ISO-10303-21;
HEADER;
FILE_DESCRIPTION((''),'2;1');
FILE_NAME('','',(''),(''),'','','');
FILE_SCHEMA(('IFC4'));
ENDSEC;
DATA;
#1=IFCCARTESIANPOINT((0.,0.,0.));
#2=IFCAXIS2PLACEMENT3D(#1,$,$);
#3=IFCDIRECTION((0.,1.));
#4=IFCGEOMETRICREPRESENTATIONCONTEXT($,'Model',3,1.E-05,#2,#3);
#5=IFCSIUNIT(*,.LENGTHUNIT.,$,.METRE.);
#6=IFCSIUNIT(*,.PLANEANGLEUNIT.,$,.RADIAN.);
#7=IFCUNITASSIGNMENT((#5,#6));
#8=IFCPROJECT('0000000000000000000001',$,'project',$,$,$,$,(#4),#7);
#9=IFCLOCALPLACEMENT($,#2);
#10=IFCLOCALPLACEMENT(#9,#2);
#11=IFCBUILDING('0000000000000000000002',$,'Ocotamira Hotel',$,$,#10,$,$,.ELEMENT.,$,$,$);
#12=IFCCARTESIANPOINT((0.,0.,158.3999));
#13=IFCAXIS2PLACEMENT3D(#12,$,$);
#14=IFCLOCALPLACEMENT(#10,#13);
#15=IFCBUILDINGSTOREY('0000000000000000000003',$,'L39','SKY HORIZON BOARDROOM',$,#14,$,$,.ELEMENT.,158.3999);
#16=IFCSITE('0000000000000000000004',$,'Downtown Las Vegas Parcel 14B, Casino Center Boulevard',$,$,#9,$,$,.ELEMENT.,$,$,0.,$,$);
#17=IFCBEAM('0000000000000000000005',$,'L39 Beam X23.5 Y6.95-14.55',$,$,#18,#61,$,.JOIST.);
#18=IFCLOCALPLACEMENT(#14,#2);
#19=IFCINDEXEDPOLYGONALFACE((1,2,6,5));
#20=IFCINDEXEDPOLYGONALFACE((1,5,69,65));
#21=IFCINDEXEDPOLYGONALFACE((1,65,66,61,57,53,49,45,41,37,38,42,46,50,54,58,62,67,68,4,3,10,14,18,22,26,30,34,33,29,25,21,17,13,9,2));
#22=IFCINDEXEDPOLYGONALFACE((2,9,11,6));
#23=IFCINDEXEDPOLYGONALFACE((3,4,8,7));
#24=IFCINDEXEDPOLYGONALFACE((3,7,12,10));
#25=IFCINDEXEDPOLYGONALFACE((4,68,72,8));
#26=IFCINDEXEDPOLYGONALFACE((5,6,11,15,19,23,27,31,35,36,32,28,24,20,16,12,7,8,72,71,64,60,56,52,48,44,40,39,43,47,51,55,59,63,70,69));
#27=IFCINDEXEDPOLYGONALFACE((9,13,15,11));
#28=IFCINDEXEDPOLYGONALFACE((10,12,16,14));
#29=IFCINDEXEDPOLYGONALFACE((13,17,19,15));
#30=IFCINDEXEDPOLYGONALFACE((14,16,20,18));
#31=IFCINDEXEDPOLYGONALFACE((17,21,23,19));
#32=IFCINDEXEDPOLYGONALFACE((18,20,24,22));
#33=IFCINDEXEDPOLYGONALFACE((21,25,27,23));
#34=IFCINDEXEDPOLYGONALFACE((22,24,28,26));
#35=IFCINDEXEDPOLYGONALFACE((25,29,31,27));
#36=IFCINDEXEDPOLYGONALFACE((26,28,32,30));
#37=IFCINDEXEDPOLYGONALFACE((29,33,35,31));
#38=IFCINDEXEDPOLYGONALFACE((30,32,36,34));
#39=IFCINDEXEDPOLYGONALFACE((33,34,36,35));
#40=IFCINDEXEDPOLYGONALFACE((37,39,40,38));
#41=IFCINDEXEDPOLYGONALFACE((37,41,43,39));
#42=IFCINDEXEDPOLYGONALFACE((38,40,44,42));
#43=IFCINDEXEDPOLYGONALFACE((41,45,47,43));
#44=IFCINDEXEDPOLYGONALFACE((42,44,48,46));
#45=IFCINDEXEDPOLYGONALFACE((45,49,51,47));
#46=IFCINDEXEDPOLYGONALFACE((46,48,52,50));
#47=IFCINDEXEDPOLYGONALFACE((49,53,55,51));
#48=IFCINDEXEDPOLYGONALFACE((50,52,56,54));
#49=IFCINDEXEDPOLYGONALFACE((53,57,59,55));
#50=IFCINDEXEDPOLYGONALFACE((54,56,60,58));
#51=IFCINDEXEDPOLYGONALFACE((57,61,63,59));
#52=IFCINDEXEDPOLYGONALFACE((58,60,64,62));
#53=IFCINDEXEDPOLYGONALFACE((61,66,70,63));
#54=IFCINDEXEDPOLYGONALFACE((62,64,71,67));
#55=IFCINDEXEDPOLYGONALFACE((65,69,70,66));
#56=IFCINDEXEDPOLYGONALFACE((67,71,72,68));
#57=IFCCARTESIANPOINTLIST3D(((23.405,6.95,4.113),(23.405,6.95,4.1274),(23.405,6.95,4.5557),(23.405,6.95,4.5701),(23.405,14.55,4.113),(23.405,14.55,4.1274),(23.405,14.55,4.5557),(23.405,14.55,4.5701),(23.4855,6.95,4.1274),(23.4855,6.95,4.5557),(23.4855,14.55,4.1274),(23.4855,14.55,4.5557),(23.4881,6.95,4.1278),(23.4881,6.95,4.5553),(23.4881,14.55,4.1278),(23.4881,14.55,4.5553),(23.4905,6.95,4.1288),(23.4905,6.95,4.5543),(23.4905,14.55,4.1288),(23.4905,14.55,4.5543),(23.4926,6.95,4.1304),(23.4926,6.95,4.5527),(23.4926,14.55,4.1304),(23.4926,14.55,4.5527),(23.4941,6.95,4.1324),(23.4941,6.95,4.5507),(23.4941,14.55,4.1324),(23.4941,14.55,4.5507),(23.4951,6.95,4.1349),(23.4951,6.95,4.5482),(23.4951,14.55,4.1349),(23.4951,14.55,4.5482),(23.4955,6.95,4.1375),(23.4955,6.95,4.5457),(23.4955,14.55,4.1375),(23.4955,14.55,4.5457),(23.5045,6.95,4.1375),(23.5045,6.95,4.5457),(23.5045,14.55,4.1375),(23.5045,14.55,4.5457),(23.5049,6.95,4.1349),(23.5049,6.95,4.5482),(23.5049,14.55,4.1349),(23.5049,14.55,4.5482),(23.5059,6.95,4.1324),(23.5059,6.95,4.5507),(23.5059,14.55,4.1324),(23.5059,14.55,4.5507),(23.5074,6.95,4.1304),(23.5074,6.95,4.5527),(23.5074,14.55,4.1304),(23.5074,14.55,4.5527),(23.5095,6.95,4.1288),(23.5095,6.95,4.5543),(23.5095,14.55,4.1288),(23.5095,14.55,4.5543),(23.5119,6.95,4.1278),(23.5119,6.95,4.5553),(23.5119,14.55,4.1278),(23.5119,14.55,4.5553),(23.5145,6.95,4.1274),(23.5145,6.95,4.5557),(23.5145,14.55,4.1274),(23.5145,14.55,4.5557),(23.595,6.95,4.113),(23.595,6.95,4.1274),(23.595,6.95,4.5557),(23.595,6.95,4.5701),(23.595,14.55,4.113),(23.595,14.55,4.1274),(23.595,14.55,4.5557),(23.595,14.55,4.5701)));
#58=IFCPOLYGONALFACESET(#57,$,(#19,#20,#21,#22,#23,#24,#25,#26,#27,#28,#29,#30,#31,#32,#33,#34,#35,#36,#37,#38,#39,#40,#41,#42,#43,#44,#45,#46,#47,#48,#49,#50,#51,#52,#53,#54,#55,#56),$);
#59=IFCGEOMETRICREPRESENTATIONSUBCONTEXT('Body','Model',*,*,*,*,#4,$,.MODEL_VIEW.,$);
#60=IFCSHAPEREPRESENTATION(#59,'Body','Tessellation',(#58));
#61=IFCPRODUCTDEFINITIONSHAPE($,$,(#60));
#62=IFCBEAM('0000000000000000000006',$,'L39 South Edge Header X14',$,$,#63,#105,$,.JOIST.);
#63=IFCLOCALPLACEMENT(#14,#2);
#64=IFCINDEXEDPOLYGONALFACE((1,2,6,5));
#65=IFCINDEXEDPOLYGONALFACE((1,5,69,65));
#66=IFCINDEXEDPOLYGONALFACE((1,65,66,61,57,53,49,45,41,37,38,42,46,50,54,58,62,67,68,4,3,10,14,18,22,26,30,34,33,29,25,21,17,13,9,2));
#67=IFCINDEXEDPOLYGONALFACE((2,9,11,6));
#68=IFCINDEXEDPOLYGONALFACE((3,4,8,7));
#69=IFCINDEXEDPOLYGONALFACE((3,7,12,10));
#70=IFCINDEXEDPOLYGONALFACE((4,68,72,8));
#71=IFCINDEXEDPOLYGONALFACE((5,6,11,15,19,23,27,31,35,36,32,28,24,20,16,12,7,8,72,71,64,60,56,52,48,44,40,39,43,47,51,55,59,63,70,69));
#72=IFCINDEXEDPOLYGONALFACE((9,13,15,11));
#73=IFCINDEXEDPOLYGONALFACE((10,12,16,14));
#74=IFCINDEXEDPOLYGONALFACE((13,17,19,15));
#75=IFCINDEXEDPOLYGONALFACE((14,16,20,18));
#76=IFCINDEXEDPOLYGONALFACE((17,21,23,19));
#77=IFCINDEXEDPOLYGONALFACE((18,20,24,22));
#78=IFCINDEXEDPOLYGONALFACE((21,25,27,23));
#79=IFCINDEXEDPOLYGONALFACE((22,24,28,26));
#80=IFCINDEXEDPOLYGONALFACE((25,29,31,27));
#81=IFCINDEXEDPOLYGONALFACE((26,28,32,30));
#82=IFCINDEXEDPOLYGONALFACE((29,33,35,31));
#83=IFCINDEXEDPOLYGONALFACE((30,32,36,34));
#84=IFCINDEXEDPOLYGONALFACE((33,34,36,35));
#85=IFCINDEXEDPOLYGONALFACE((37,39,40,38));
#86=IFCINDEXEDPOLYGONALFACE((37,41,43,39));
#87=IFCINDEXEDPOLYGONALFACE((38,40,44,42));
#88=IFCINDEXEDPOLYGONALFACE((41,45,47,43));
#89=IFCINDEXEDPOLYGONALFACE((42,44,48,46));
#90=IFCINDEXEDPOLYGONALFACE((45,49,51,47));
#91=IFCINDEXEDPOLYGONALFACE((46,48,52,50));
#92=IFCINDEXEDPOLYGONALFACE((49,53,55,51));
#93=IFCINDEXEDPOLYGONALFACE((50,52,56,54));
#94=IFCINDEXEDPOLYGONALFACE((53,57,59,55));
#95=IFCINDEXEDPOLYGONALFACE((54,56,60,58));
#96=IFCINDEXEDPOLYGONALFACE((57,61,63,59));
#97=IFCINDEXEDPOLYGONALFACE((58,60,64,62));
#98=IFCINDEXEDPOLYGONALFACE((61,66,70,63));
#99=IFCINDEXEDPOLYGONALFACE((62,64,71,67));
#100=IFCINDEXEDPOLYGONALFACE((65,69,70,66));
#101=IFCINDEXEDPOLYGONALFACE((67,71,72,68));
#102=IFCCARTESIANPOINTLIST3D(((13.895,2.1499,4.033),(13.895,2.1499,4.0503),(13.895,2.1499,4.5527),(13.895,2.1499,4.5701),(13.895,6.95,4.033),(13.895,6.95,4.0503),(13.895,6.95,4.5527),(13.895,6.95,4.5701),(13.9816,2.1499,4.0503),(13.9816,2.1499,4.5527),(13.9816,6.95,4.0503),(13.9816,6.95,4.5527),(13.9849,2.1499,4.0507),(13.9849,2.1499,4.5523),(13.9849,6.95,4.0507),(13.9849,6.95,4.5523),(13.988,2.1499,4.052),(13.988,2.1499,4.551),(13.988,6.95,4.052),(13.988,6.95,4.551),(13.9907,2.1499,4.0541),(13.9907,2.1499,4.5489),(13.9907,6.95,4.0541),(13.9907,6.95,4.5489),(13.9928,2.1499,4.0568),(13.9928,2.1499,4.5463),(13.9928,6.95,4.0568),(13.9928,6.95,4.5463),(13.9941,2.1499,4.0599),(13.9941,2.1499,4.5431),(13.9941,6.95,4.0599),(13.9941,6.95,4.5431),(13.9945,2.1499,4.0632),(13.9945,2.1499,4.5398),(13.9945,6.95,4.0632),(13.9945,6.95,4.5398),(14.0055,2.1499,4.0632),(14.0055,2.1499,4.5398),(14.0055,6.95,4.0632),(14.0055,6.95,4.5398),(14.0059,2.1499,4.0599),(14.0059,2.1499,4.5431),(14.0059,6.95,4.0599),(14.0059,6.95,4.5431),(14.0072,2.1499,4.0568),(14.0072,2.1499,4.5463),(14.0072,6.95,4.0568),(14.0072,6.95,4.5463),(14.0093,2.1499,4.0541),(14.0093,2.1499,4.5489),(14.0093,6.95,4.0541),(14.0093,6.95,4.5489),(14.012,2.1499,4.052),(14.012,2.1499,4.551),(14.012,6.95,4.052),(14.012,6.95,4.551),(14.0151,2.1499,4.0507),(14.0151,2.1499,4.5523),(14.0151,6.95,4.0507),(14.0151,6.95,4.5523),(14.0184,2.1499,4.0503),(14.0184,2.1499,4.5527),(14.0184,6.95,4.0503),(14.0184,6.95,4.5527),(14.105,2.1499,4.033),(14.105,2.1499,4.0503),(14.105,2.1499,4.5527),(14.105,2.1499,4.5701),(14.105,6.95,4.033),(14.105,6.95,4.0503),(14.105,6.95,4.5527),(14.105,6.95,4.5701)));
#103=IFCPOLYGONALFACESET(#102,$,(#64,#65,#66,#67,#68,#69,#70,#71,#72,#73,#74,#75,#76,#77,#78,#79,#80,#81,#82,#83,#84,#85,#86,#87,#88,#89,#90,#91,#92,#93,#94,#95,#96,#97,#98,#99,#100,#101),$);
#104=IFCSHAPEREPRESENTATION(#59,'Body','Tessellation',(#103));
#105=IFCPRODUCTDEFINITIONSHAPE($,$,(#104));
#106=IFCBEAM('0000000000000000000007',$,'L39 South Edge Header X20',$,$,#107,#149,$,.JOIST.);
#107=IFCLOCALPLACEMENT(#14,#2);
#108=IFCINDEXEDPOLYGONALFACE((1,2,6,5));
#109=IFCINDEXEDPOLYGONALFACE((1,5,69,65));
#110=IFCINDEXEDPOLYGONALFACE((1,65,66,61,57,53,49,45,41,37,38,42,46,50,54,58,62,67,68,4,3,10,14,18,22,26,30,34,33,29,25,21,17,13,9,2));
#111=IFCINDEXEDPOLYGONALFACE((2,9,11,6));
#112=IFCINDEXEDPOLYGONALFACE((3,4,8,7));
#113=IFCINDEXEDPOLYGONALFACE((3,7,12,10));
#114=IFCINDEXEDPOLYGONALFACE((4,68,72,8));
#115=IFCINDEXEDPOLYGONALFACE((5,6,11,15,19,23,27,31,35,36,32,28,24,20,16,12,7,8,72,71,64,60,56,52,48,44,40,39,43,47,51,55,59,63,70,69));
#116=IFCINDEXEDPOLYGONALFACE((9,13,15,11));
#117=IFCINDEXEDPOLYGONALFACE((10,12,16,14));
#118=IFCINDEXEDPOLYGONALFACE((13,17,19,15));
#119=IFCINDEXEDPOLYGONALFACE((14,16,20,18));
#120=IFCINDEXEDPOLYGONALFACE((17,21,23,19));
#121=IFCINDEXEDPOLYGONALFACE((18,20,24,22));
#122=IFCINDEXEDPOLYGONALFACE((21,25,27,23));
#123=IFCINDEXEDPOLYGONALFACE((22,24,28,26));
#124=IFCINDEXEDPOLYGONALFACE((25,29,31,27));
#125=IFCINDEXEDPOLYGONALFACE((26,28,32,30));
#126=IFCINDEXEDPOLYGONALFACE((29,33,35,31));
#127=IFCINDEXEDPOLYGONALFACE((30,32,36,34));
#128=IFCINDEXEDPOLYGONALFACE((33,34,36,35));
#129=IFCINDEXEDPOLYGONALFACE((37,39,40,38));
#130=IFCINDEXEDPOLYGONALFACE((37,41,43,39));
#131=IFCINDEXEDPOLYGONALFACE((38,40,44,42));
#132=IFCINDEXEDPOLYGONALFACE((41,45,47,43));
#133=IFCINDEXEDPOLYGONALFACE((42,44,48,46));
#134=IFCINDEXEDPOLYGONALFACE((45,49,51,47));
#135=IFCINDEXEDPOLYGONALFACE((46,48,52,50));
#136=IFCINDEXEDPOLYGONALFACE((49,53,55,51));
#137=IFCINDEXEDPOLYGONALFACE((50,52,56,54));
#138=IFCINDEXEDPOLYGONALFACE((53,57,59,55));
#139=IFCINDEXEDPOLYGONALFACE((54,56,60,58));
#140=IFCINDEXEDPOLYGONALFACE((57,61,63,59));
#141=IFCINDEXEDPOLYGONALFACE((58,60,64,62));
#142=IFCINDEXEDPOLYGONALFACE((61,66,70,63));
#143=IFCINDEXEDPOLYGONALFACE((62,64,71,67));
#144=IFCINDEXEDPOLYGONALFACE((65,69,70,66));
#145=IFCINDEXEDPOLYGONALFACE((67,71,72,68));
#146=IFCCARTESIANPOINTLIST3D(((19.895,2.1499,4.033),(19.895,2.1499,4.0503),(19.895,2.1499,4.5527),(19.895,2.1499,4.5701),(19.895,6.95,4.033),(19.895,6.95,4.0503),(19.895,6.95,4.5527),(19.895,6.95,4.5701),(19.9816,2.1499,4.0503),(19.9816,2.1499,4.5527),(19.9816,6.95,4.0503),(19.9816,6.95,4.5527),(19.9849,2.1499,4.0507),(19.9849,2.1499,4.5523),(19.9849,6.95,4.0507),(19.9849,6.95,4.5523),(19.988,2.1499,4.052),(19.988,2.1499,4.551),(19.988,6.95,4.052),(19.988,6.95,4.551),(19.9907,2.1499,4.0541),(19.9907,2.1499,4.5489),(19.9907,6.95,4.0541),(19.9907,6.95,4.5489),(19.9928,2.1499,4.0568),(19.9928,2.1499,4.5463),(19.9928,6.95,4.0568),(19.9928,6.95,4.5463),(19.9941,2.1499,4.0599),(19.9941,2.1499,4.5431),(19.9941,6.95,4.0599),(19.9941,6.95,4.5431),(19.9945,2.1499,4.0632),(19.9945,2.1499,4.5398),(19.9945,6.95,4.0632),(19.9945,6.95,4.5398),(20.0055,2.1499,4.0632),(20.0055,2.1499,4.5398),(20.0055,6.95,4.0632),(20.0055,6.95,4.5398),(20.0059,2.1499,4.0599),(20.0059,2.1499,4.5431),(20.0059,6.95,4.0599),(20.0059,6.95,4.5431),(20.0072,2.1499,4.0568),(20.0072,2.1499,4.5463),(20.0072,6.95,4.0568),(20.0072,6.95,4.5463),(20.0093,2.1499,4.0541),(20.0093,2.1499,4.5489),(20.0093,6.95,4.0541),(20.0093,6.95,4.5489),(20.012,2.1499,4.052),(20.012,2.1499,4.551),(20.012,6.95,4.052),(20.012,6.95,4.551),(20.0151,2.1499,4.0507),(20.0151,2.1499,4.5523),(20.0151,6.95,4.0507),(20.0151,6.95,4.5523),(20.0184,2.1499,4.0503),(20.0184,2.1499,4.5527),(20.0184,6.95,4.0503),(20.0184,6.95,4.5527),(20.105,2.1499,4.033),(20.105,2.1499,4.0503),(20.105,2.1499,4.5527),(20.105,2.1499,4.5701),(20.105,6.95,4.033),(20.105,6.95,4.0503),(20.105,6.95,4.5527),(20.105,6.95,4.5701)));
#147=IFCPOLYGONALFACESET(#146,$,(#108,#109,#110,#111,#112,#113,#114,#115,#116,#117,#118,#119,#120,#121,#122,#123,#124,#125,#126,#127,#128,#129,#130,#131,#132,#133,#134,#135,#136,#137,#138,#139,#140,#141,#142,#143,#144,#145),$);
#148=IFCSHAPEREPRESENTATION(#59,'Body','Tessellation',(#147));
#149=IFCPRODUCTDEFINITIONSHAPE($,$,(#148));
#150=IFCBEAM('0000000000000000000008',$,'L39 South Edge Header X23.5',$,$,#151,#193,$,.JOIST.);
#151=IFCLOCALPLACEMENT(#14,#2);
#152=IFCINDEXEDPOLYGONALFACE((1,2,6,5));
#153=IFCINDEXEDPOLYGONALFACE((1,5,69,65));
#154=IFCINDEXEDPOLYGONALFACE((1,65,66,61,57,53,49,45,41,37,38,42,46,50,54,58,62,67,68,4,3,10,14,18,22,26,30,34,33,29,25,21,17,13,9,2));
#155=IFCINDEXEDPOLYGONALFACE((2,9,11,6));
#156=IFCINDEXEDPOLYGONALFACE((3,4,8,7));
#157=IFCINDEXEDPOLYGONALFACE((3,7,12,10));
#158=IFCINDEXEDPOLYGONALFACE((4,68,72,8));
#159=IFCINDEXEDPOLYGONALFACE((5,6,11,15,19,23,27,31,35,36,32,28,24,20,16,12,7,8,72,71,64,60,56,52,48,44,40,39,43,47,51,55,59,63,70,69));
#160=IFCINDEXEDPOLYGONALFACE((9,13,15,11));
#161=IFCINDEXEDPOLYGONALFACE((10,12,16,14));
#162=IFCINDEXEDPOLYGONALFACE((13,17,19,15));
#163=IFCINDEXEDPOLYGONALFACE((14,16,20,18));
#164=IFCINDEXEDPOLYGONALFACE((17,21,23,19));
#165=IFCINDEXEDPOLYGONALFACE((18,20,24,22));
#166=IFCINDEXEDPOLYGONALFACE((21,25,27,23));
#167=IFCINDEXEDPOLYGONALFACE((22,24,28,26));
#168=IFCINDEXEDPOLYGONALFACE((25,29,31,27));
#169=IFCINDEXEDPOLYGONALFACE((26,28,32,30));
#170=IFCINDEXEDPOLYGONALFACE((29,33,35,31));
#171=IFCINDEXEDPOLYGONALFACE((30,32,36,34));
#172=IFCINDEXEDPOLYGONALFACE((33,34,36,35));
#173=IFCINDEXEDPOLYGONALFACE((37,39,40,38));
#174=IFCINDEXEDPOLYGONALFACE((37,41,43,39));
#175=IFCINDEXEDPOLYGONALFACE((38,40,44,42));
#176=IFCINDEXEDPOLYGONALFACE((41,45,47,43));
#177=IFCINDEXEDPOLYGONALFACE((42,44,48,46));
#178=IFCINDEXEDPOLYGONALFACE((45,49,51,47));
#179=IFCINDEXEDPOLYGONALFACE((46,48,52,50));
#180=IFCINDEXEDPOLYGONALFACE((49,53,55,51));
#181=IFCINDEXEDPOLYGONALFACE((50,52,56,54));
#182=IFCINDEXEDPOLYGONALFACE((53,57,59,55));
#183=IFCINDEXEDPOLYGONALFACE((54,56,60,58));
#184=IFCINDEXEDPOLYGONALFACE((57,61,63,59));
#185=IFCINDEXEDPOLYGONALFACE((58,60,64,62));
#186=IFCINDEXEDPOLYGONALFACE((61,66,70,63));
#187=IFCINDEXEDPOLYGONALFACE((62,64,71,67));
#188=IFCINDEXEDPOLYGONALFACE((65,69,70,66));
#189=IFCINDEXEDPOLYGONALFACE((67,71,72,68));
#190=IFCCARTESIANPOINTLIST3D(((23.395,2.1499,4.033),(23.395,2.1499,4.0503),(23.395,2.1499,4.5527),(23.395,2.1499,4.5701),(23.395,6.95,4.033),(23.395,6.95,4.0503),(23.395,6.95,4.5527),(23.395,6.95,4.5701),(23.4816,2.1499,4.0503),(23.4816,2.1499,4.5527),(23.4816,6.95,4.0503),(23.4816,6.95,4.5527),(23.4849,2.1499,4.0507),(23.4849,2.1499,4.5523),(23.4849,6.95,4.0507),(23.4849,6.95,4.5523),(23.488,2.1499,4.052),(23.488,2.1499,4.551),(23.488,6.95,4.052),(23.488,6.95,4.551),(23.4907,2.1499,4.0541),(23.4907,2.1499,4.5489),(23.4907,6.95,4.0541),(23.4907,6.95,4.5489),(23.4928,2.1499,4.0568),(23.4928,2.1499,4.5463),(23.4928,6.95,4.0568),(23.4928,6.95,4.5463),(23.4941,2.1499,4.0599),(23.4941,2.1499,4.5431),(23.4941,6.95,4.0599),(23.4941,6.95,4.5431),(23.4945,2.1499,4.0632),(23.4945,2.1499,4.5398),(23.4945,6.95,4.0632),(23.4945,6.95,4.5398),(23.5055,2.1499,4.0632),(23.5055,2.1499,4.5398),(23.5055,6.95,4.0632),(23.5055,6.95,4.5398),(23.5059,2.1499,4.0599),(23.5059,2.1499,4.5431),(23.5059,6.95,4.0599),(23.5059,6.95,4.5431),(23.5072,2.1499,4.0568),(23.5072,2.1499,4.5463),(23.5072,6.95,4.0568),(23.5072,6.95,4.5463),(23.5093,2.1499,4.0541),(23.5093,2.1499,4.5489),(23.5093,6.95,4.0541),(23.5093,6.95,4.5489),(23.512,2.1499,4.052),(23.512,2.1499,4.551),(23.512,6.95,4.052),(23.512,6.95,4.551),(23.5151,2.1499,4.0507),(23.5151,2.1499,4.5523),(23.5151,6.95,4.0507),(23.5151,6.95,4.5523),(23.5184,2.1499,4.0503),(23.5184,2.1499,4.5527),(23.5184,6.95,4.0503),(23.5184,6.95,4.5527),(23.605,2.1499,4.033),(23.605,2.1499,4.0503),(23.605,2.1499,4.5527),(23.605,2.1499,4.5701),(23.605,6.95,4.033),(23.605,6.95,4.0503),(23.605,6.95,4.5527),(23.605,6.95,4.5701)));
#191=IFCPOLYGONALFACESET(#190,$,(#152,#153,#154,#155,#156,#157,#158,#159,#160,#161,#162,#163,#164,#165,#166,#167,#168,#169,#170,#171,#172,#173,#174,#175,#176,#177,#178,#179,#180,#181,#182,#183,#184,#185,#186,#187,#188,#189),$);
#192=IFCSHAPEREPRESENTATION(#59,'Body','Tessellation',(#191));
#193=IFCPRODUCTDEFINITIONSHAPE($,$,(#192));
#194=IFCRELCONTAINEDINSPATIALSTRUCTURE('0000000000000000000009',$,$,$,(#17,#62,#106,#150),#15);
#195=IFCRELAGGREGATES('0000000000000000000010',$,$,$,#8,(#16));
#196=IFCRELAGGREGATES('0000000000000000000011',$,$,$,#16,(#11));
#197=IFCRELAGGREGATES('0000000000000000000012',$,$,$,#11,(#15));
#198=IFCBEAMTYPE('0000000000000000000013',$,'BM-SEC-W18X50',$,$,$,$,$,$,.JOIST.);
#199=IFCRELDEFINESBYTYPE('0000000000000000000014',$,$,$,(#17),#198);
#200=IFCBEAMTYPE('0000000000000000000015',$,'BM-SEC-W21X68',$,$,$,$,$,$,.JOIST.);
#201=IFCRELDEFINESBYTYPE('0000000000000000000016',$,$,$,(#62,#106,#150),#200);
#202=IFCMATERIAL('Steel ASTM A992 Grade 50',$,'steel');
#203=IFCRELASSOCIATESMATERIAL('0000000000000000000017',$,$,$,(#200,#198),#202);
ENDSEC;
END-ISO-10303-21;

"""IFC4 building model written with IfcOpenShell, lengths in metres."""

from ifc_helpers import new_model, si_unit, direction, frame, origin, origin_2d, place, context, subcontext, project, spatial, i_section, extrude, source, transform, mapped, material, material_profile, profile_set, type_object, element, save


model = new_model("IFC4")

# Units and contexts
model_context = context("Model", 3, precision=1e-05, world=origin(), true_north=direction((0.0, 1.0)))
body_context = subcontext(model_context, "Body", "Model", "MODEL_VIEW")
ifc_project = project(units=[si_unit("LENGTHUNIT", "METRE"), si_unit("PLANEANGLEUNIT", "RADIAN")], contexts=[model_context])

# Site, building, storey
site_placement = place(None, origin())
site = spatial("IfcSite", under=ifc_project, at=site_placement, Name="Downtown Las Vegas Parcel 14B, Casino Center Boulevard", CompositionType="ELEMENT", RefElevation=0.0)
building_placement = place(site_placement, origin())
building = spatial("IfcBuilding", under=site, at=building_placement, Name="Ocotamira Hotel", CompositionType="ELEMENT")
storey_placement = place(building_placement, frame((0.0, 0.0, 158.3999)))
storey = spatial("IfcBuildingStorey", under=building, at=storey_placement, Name="L39", Description="SKY HORIZON BOARDROOM", CompositionType="ELEMENT", Elevation=158.3999)

# Beams
ifc_material_1 = material(Name="Steel ASTM A992 Grade 50", Category="steel")
ifc_material_profile_1 = material_profile(ifc_material_1, i_section(OverallWidth=0.21, OverallDepth=0.5371, WebThickness=0.011, FlangeThickness=0.0173, FilletRadius=0.0129, at=origin_2d()), Name="W21X68")
ifc_profile_set_1 = profile_set([ifc_material_profile_1], Name="Steel ASTM A992 Grade 50")
beam_type_1 = type_object("IfcBeamType", Name="BM-SEC-W21X68", PredefinedType="JOIST", material=ifc_profile_set_1)
ifc_material_profile_2 = material_profile(ifc_material_1, i_section(OverallWidth=0.1899, OverallDepth=0.457, WebThickness=0.009, FlangeThickness=0.0144, FilletRadius=0.01, at=origin_2d()), Name="W18X50")
ifc_profile_set_2 = profile_set([ifc_material_profile_2], Name="Steel ASTM A992 Grade 50")
beam_type_2 = type_object("IfcBeamType", Name="BM-SEC-W18X50", PredefinedType="JOIST", material=ifc_profile_set_2)
shared_shape_1 = source(origin(), body_context, "Body", "SweptSolid", [
    extrude(i_section(OverallWidth=0.1899, OverallDepth=0.457, WebThickness=0.009, FlangeThickness=0.0144, FilletRadius=0.01, at=origin_2d()), origin(), (0.0, 0.0, 1.0), 7.6001),
])
beam_1_placement = place(storey_placement, frame((23.5, 6.95, 4.3416), z_axis=(0.0, 1.0, 0.0), x_axis=(-1.0, 0.0, 0.0)))
element("IfcBeam", 1, at=beam_1_placement, inside=storey, type_object=beam_type_2, Name="L39 Beam X23.5 Y6.95-14.55", PredefinedType="JOIST", context=body_context, shape_type="MappedRepresentation", body=[
    mapped(shared_shape_1, transform((0.0, 0.0, 0.0), scale=1.0)),
])
shared_shape_2 = source(origin(), body_context, "Body", "SweptSolid", [
    extrude(i_section(OverallWidth=0.21, OverallDepth=0.5371, WebThickness=0.011, FlangeThickness=0.0173, FilletRadius=0.0129, at=origin_2d()), origin(), (0.0, 0.0, 1.0), 4.8),
])
for number, where, z_axis, x_axis, name in (
    (2, (14.0, 6.95, 4.3015), (0.0, -1.0, 0.0), (1.0, 0.0, 0.0), "L39 South Edge Header X14"),
    (3, (20.0, 6.95, 4.3015), (0.0, -1.0, 0.0), (1.0, 0.0, 0.0), "L39 South Edge Header X20"),
    (4, (23.5, 6.95, 4.3015), (0.0, -1.0, 0.0), (1.0, 0.0, 0.0), "L39 South Edge Header X23.5"),
):
    element("IfcBeam", number, at=place(storey_placement, frame(where, z_axis=z_axis, x_axis=x_axis)), inside=storey, type_object=beam_type_1, Name=name, PredefinedType="JOIST", context=body_context, shape_type="MappedRepresentation", body=[
        mapped(shared_shape_2, transform((0.0, 0.0, 0.0), scale=1.0)),
    ])

save(model, "model.ifc")
